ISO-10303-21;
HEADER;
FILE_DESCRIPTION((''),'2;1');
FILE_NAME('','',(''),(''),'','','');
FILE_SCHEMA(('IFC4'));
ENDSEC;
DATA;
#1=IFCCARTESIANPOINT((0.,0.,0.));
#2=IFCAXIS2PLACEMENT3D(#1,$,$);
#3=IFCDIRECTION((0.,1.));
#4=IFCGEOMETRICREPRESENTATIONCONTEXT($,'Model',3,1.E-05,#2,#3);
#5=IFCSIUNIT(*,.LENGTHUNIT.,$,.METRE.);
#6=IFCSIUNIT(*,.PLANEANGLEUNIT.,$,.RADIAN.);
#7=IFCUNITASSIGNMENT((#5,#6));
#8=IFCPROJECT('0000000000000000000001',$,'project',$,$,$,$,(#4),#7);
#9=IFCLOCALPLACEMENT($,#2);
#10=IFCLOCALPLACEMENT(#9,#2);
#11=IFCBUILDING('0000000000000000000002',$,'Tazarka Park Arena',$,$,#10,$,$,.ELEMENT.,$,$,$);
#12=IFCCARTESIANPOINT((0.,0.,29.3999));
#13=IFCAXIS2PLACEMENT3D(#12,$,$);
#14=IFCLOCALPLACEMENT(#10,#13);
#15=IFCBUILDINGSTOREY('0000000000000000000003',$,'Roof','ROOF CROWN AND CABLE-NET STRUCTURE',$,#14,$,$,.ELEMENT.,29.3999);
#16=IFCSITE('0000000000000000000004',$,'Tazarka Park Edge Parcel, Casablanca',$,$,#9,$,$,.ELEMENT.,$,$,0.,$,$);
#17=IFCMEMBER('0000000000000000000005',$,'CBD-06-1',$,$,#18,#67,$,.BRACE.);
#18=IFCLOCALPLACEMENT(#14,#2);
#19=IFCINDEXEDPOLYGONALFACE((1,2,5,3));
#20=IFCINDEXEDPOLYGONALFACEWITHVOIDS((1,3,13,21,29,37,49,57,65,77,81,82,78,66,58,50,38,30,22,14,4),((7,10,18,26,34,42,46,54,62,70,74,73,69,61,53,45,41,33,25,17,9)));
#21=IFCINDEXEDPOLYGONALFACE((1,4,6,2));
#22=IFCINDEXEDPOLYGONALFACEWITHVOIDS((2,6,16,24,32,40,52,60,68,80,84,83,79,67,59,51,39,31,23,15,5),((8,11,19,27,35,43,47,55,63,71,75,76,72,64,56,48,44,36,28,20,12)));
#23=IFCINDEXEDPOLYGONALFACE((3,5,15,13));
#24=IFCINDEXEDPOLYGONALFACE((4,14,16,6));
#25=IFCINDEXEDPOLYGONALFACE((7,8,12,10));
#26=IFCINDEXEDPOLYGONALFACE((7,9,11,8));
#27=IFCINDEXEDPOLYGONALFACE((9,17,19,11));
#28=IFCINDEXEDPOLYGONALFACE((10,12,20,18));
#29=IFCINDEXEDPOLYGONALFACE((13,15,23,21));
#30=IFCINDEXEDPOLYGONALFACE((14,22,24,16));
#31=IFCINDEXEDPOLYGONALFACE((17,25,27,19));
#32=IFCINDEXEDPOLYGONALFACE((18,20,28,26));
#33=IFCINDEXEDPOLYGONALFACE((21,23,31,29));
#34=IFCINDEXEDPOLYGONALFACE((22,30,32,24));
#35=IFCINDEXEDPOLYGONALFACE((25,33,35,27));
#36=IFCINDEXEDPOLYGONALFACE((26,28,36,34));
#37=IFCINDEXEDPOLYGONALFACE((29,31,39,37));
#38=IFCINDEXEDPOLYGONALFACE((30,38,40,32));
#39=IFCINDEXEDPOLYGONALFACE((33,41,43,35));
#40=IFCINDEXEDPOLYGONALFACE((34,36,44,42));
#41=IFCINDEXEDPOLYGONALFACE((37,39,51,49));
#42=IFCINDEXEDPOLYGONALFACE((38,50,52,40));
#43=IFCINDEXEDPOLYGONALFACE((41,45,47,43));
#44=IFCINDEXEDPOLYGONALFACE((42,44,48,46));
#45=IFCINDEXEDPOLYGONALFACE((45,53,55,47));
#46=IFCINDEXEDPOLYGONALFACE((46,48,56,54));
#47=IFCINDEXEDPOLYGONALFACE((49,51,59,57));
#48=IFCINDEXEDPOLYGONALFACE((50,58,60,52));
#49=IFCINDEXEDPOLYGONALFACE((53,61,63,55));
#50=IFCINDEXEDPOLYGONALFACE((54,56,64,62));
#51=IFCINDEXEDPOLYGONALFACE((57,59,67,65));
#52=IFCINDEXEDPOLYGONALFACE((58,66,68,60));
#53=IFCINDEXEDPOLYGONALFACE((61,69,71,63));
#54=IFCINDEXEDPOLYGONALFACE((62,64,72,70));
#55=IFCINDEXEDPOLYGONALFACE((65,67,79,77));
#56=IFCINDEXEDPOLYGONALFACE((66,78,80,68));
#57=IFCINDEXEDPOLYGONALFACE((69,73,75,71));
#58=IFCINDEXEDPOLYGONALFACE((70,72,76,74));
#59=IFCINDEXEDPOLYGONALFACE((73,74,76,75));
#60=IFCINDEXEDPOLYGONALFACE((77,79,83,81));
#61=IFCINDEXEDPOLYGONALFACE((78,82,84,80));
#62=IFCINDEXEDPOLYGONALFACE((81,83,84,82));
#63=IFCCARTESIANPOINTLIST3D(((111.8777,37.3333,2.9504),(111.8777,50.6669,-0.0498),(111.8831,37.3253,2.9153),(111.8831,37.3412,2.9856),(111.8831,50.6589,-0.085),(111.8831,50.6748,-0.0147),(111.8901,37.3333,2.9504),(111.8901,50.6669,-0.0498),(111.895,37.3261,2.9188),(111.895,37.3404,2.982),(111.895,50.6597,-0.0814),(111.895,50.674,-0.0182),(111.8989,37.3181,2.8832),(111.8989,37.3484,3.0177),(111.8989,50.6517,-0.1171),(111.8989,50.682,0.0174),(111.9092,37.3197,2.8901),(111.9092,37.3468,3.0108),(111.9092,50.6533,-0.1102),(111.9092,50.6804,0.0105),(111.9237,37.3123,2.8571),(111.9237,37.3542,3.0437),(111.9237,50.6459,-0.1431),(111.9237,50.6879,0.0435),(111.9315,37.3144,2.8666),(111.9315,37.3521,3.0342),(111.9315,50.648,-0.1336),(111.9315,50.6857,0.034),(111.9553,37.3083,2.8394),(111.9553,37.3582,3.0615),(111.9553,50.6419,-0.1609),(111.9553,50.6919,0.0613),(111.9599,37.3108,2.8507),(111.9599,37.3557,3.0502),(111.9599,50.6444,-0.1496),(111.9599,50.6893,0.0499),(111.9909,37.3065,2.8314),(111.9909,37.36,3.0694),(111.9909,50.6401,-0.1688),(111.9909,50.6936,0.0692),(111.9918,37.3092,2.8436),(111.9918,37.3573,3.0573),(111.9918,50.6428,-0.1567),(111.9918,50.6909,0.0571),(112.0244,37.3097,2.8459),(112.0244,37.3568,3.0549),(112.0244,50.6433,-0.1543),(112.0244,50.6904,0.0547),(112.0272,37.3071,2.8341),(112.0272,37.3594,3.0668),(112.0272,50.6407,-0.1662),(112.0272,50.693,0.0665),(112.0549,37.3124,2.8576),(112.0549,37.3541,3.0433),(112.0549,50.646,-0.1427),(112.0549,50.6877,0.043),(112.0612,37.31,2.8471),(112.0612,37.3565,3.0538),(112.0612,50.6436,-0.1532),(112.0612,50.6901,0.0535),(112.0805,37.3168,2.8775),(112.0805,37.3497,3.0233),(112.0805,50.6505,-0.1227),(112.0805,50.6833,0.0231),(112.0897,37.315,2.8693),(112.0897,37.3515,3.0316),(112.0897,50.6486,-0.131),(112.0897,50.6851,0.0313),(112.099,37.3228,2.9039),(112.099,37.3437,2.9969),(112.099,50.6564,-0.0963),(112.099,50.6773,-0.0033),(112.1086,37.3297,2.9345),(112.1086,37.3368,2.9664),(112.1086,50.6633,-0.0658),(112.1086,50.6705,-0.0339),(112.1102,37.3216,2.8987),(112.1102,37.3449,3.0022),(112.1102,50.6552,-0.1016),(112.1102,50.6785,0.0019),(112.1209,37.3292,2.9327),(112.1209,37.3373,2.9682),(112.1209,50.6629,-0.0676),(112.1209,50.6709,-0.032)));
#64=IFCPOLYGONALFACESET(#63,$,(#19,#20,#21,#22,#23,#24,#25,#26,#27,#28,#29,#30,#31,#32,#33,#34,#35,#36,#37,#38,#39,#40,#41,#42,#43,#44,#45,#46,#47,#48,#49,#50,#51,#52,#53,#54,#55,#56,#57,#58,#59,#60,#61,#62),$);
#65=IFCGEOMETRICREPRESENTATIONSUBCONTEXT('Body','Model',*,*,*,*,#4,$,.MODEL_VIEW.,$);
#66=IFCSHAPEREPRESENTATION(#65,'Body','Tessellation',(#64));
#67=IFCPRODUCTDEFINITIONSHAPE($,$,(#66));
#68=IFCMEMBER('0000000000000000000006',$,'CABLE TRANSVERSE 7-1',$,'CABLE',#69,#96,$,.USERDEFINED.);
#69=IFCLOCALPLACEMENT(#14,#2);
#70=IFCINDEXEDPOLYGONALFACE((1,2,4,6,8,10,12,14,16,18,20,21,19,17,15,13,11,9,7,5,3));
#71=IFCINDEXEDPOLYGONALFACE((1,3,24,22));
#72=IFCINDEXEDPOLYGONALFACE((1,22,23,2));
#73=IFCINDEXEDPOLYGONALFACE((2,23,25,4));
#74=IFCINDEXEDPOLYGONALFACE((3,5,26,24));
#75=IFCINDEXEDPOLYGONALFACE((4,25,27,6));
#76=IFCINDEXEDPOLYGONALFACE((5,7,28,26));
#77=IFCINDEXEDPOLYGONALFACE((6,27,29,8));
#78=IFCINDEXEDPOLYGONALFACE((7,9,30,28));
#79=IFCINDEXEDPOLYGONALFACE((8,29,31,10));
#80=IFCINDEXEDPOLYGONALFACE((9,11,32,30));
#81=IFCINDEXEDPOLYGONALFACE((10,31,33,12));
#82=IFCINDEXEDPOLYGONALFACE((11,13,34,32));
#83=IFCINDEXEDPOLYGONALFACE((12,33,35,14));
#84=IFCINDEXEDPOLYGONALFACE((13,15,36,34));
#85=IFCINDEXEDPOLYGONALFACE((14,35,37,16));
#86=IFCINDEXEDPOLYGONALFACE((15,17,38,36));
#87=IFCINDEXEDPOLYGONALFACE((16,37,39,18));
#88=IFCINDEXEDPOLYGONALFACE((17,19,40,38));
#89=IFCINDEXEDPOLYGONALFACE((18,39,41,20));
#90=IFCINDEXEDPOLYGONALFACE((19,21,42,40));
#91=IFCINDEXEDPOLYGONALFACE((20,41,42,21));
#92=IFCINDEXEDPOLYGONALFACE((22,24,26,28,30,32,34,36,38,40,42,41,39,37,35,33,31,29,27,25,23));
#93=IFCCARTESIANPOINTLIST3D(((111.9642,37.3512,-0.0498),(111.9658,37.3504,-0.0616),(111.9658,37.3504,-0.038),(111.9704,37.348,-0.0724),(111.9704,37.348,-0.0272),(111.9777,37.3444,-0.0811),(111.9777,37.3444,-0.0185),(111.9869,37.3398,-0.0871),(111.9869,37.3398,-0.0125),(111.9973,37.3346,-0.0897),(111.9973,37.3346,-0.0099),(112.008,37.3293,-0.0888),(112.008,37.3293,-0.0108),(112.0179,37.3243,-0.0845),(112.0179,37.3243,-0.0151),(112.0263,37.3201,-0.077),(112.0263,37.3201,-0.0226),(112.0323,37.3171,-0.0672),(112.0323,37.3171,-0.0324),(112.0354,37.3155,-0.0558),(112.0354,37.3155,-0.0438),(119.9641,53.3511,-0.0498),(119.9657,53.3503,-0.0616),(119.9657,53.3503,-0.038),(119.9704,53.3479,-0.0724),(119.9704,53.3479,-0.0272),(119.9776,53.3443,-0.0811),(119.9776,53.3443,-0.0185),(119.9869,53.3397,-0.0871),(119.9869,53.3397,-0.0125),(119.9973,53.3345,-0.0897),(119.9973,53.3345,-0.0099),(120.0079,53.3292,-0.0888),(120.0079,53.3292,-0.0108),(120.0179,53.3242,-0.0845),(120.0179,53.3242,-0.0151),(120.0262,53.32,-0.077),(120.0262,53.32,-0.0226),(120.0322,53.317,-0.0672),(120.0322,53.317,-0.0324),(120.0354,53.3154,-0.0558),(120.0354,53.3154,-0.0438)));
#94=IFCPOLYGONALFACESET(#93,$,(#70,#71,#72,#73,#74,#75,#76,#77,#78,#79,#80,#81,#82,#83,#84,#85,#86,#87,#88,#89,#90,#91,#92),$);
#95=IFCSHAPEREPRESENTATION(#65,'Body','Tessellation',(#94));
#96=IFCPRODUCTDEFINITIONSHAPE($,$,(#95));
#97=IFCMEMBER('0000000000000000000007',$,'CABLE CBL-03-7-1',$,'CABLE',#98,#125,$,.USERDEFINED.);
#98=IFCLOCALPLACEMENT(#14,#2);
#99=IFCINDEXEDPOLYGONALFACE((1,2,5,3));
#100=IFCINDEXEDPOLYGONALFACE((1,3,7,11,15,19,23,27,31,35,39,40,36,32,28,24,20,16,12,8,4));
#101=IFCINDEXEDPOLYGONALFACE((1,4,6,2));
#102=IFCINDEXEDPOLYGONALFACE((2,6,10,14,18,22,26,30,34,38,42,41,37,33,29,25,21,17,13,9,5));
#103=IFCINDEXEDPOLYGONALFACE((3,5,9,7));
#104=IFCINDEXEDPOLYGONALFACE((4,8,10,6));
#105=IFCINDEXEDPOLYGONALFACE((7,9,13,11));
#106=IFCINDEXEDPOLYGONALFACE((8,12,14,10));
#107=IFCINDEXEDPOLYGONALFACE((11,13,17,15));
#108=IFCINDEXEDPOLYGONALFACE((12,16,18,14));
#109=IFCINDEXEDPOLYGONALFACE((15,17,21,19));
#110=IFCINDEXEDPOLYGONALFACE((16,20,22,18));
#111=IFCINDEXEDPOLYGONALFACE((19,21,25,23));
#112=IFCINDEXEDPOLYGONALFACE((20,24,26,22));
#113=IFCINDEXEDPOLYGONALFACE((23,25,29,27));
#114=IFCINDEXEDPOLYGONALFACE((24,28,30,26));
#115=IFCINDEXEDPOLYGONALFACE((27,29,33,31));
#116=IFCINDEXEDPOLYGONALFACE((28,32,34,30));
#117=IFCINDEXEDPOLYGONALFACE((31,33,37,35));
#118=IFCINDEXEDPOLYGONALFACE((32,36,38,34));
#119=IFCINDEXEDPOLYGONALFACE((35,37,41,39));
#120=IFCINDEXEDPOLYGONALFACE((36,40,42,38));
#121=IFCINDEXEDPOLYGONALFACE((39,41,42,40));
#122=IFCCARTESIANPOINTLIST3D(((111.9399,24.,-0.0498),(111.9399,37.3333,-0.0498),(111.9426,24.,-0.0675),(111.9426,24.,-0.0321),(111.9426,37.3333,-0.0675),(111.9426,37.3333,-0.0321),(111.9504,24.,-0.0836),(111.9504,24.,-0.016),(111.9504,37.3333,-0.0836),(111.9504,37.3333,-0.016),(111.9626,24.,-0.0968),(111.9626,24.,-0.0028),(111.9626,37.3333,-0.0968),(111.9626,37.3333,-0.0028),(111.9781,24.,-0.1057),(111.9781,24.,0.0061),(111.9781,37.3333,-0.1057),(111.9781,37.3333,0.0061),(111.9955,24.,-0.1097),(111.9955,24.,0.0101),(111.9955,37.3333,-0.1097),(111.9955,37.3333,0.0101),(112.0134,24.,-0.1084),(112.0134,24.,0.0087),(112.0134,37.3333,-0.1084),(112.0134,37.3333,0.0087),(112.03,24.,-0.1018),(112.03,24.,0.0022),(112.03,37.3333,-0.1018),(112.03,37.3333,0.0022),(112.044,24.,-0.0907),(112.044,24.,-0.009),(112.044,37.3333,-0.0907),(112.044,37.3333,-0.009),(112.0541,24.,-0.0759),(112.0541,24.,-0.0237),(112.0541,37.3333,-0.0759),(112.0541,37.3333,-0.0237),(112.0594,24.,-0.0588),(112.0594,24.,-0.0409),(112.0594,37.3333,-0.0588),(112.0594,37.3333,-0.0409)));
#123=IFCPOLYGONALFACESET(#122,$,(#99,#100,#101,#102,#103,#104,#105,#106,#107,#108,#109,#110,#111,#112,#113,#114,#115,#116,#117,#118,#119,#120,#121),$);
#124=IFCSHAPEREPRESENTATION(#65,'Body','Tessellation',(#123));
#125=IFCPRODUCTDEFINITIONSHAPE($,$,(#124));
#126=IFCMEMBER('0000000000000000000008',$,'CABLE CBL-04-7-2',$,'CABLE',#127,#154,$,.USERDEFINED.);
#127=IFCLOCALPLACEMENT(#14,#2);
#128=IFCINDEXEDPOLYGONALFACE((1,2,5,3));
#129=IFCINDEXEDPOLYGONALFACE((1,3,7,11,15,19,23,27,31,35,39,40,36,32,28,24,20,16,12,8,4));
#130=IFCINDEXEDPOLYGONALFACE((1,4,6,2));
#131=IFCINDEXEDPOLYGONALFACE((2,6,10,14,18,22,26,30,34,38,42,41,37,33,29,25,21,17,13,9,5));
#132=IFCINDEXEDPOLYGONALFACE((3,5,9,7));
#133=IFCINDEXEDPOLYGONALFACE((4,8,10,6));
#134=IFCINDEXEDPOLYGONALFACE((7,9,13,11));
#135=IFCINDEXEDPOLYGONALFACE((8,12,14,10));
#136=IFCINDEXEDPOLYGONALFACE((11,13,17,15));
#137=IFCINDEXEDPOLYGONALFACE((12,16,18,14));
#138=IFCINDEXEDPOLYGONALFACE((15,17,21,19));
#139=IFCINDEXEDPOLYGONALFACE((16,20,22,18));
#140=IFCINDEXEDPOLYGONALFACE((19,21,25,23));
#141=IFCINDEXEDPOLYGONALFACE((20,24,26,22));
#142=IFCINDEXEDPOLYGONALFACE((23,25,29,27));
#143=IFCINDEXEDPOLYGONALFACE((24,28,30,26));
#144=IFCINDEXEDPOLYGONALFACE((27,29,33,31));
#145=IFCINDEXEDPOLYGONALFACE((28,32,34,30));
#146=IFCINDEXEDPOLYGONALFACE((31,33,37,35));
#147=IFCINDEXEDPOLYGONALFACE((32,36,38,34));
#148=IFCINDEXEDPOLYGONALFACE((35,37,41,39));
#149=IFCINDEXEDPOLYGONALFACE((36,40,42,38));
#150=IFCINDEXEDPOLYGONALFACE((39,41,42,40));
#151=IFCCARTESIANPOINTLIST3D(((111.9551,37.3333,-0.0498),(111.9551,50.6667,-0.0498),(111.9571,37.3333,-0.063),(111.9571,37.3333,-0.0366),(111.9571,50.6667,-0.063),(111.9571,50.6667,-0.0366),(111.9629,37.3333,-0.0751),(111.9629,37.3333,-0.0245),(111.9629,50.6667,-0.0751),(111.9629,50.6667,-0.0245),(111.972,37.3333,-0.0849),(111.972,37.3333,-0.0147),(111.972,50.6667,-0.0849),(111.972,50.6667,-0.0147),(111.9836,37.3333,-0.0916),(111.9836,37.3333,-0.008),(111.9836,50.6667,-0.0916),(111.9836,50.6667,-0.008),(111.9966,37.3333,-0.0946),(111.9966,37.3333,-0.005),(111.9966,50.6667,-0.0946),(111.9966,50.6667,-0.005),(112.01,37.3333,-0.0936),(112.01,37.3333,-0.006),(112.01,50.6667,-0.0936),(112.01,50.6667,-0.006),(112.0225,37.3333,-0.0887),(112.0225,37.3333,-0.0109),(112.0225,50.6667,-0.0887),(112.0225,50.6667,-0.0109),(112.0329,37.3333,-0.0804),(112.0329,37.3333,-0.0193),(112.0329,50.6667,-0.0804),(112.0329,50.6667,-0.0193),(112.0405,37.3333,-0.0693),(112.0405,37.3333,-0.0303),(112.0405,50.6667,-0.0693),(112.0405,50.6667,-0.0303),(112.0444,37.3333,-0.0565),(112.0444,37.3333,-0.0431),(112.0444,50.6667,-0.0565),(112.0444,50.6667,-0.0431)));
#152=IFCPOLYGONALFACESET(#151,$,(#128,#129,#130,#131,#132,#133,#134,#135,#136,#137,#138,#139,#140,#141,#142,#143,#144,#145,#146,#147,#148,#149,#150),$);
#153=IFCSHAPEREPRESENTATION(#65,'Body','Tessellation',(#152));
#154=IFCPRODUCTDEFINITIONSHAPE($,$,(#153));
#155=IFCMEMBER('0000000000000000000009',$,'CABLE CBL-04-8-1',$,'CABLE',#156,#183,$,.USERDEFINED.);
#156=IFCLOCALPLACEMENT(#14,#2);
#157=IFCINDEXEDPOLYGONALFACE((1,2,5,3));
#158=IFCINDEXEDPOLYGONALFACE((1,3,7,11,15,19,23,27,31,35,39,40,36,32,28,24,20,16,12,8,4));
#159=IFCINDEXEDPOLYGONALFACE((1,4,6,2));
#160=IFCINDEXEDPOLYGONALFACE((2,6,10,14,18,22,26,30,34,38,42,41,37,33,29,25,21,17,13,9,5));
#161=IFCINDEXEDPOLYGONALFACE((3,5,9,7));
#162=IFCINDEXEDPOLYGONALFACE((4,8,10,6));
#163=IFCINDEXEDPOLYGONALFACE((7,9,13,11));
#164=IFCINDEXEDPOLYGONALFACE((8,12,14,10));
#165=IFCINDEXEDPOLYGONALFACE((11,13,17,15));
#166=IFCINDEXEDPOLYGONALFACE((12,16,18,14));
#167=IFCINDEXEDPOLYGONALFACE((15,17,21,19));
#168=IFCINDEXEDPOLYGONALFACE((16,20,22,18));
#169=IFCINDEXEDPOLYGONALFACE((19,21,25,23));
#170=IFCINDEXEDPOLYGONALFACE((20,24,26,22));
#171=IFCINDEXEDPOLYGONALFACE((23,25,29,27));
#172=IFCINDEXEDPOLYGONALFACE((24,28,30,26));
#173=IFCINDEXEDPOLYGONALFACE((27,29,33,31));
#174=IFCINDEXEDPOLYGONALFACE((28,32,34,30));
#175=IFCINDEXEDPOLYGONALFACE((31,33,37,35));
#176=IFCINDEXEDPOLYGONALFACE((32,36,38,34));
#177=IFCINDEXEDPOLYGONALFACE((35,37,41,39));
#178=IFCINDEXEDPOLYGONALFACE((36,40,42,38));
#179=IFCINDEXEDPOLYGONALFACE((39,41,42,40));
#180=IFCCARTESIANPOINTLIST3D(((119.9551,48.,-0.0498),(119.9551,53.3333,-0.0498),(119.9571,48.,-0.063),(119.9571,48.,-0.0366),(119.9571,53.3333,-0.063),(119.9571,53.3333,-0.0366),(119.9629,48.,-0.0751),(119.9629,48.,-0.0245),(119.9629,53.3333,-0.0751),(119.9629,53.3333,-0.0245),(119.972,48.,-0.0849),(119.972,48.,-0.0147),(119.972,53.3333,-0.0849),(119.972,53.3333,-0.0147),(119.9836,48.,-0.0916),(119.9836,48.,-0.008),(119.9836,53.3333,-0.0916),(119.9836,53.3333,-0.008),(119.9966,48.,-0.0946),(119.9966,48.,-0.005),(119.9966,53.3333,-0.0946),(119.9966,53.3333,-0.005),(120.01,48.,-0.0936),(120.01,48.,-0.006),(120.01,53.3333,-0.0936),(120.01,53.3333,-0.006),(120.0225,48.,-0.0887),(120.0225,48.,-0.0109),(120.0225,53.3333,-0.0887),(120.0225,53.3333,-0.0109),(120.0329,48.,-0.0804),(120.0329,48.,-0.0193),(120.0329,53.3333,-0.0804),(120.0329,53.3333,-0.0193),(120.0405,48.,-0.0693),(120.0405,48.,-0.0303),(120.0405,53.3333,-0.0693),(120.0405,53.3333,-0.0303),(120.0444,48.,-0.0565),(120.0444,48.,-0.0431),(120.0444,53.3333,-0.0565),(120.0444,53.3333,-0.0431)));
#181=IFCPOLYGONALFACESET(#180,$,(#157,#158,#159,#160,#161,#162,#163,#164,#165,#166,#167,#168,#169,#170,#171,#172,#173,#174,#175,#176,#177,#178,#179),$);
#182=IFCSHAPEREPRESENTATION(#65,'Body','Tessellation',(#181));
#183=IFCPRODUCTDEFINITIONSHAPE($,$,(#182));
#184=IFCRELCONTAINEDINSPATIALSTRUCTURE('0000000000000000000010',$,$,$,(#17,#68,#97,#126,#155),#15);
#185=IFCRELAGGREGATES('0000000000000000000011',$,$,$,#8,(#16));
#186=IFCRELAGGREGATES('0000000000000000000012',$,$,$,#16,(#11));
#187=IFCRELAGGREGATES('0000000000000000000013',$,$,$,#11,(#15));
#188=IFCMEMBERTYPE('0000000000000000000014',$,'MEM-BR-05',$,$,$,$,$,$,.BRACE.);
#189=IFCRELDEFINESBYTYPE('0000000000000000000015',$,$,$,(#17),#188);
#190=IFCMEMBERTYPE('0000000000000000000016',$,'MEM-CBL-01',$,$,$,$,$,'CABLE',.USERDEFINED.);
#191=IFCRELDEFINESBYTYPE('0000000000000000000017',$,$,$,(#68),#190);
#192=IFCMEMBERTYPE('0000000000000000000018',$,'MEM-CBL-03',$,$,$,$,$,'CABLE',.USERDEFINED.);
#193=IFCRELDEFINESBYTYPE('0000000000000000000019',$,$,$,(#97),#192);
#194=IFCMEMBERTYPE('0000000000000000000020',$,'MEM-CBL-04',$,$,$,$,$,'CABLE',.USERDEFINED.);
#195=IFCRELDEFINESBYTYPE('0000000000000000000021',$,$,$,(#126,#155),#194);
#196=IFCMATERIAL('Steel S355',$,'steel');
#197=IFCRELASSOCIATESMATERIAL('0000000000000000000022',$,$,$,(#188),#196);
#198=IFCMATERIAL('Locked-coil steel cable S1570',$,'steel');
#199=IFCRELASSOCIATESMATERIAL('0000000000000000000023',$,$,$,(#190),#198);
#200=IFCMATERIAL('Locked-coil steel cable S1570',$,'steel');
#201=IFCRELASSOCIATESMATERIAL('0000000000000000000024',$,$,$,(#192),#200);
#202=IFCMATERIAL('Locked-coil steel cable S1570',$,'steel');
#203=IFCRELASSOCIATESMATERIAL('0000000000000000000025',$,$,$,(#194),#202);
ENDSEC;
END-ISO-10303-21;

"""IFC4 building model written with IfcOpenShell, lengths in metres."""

from ifc_helpers import new_model, si_unit, direction, frame, origin, origin_2d, place, context, subcontext, project, spatial, circle, hollow_circle, extrude, material, material_profile, profile_set, type_object, element, save


model = new_model("IFC4")

# Units and contexts
model_context = context("Model", 3, precision=1e-05, world=origin(), true_north=direction((0.0, 1.0)))
body_context = subcontext(model_context, "Body", "Model", "MODEL_VIEW")
ifc_project = project(units=[si_unit("LENGTHUNIT", "METRE"), si_unit("PLANEANGLEUNIT", "RADIAN")], contexts=[model_context])

# Site, building, storey
site_placement = place(None, origin())
site = spatial("IfcSite", under=ifc_project, at=site_placement, Name="Tazarka Park Edge Parcel, Casablanca", CompositionType="ELEMENT", RefElevation=0.0)
building_placement = place(site_placement, origin())
building = spatial("IfcBuilding", under=site, at=building_placement, Name="Tazarka Park Arena", CompositionType="ELEMENT")
storey_placement = place(building_placement, frame((0.0, 0.0, 29.3999)))
storey = spatial("IfcBuildingStorey", under=building, at=storey_placement, Name="Roof", Description="ROOF CROWN AND CABLE-NET STRUCTURE", CompositionType="ELEMENT", Elevation=29.3999)

# Members
ifc_material_1 = material(Name="Steel S355", Category="steel")
ifc_material_profile_1 = material_profile(ifc_material_1, hollow_circle(Radius=0.1223, WallThickness=0.0125, at=origin_2d()), Name="Steel S355")
ifc_profile_set_1 = profile_set([ifc_material_profile_1], Name="Steel S355")
member_type_1 = type_object("IfcMemberType", Name="MEM-BR-05", PredefinedType="BRACE", material=ifc_profile_set_1)
member_1_placement = place(storey_placement, frame((112.0, 37.3333, 2.9504), z_axis=(0.0, 0.975607, -0.219527), x_axis=(-1.0, 0.0, 0.0)))
element("IfcMember", 1, at=member_1_placement, inside=storey, type_object=member_type_1, Name="CBD-06-1", PredefinedType="BRACE", context=body_context, shape_type="SweptSolid", body=[
    extrude(hollow_circle(Radius=0.1223, WallThickness=0.0125, at=origin_2d()), origin(), (0.0, 0.0, 1.0), 13.667),
])
ifc_material_2 = material(Name="Locked-coil steel cable S1570", Category="steel")
ifc_material_profile_2 = material_profile(ifc_material_2, circle(Radius=0.04, at=origin_2d()), Name="Locked-coil steel cable S1570")
ifc_profile_set_2 = profile_set([ifc_material_profile_2], Name="Locked-coil steel cable S1570")
member_type_2 = type_object("IfcMemberType", Name="MEM-CBL-01", ElementType="CABLE", PredefinedType="USERDEFINED", material=ifc_profile_set_2)
member_2_placement = place(storey_placement, frame((112.0, 37.3333, -0.0498), z_axis=(0.447214, 0.894427, 0.0), x_axis=(-0.894427, 0.447214, 0.0)))
element("IfcMember", 2, at=member_2_placement, inside=storey, type_object=member_type_2, Name="CABLE TRANSVERSE 7-1", ObjectType="CABLE", PredefinedType="USERDEFINED", context=body_context, shape_type="SweptSolid", body=[
    extrude(circle(Radius=0.04, at=origin_2d()), origin(), (0.0, 0.0, 1.0), 17.8884),
])
ifc_material_3 = material(Name="Locked-coil steel cable S1570", Category="steel")
ifc_material_profile_3 = material_profile(ifc_material_3, circle(Radius=0.0601, at=origin_2d()), Name="Locked-coil steel cable S1570")
ifc_profile_set_3 = profile_set([ifc_material_profile_3], Name="Locked-coil steel cable S1570")
member_type_3 = type_object("IfcMemberType", Name="MEM-CBL-03", ElementType="CABLE", PredefinedType="USERDEFINED", material=ifc_profile_set_3)
member_3_placement = place(storey_placement, frame((112.0, 24.0, -0.0498), z_axis=(0.0, 1.0, 0.0), x_axis=(-1.0, 0.0, 0.0)))
element("IfcMember", 3, at=member_3_placement, inside=storey, type_object=member_type_3, Name="CABLE CBL-03-7-1", ObjectType="CABLE", PredefinedType="USERDEFINED", context=body_context, shape_type="SweptSolid", body=[
    extrude(circle(Radius=0.0601, at=origin_2d()), origin(), (0.0, 0.0, 1.0), 13.3333),
])
ifc_material_4 = material(Name="Locked-coil steel cable S1570", Category="steel")
ifc_material_profile_4 = material_profile(ifc_material_4, circle(Radius=0.0449, at=origin_2d()), Name="Locked-coil steel cable S1570")
ifc_profile_set_4 = profile_set([ifc_material_profile_4], Name="Locked-coil steel cable S1570")
member_type_4 = type_object("IfcMemberType", Name="MEM-CBL-04", ElementType="CABLE", PredefinedType="USERDEFINED", material=ifc_profile_set_4)
member_4_placement = place(storey_placement, frame((112.0, 37.3333, -0.0498), z_axis=(0.0, 1.0, 0.0), x_axis=(-1.0, 0.0, 0.0)))
element("IfcMember", 4, at=member_4_placement, inside=storey, type_object=member_type_4, Name="CABLE CBL-04-7-2", ObjectType="CABLE", PredefinedType="USERDEFINED", context=body_context, shape_type="SweptSolid", body=[
    extrude(circle(Radius=0.0449, at=origin_2d()), origin(), (0.0, 0.0, 1.0), 13.3335),
])
member_5_placement = place(storey_placement, frame((120.0, 48.0, -0.0498), z_axis=(0.0, 1.0, 0.0), x_axis=(-1.0, 0.0, 0.0)))
element("IfcMember", 5, at=member_5_placement, inside=storey, type_object=member_type_4, Name="CABLE CBL-04-8-1", ObjectType="CABLE", PredefinedType="USERDEFINED", context=body_context, shape_type="SweptSolid", body=[
    extrude(circle(Radius=0.0449, at=origin_2d()), origin(), (0.0, 0.0, 1.0), 5.3333),
])

save(model, "model.ifc")
